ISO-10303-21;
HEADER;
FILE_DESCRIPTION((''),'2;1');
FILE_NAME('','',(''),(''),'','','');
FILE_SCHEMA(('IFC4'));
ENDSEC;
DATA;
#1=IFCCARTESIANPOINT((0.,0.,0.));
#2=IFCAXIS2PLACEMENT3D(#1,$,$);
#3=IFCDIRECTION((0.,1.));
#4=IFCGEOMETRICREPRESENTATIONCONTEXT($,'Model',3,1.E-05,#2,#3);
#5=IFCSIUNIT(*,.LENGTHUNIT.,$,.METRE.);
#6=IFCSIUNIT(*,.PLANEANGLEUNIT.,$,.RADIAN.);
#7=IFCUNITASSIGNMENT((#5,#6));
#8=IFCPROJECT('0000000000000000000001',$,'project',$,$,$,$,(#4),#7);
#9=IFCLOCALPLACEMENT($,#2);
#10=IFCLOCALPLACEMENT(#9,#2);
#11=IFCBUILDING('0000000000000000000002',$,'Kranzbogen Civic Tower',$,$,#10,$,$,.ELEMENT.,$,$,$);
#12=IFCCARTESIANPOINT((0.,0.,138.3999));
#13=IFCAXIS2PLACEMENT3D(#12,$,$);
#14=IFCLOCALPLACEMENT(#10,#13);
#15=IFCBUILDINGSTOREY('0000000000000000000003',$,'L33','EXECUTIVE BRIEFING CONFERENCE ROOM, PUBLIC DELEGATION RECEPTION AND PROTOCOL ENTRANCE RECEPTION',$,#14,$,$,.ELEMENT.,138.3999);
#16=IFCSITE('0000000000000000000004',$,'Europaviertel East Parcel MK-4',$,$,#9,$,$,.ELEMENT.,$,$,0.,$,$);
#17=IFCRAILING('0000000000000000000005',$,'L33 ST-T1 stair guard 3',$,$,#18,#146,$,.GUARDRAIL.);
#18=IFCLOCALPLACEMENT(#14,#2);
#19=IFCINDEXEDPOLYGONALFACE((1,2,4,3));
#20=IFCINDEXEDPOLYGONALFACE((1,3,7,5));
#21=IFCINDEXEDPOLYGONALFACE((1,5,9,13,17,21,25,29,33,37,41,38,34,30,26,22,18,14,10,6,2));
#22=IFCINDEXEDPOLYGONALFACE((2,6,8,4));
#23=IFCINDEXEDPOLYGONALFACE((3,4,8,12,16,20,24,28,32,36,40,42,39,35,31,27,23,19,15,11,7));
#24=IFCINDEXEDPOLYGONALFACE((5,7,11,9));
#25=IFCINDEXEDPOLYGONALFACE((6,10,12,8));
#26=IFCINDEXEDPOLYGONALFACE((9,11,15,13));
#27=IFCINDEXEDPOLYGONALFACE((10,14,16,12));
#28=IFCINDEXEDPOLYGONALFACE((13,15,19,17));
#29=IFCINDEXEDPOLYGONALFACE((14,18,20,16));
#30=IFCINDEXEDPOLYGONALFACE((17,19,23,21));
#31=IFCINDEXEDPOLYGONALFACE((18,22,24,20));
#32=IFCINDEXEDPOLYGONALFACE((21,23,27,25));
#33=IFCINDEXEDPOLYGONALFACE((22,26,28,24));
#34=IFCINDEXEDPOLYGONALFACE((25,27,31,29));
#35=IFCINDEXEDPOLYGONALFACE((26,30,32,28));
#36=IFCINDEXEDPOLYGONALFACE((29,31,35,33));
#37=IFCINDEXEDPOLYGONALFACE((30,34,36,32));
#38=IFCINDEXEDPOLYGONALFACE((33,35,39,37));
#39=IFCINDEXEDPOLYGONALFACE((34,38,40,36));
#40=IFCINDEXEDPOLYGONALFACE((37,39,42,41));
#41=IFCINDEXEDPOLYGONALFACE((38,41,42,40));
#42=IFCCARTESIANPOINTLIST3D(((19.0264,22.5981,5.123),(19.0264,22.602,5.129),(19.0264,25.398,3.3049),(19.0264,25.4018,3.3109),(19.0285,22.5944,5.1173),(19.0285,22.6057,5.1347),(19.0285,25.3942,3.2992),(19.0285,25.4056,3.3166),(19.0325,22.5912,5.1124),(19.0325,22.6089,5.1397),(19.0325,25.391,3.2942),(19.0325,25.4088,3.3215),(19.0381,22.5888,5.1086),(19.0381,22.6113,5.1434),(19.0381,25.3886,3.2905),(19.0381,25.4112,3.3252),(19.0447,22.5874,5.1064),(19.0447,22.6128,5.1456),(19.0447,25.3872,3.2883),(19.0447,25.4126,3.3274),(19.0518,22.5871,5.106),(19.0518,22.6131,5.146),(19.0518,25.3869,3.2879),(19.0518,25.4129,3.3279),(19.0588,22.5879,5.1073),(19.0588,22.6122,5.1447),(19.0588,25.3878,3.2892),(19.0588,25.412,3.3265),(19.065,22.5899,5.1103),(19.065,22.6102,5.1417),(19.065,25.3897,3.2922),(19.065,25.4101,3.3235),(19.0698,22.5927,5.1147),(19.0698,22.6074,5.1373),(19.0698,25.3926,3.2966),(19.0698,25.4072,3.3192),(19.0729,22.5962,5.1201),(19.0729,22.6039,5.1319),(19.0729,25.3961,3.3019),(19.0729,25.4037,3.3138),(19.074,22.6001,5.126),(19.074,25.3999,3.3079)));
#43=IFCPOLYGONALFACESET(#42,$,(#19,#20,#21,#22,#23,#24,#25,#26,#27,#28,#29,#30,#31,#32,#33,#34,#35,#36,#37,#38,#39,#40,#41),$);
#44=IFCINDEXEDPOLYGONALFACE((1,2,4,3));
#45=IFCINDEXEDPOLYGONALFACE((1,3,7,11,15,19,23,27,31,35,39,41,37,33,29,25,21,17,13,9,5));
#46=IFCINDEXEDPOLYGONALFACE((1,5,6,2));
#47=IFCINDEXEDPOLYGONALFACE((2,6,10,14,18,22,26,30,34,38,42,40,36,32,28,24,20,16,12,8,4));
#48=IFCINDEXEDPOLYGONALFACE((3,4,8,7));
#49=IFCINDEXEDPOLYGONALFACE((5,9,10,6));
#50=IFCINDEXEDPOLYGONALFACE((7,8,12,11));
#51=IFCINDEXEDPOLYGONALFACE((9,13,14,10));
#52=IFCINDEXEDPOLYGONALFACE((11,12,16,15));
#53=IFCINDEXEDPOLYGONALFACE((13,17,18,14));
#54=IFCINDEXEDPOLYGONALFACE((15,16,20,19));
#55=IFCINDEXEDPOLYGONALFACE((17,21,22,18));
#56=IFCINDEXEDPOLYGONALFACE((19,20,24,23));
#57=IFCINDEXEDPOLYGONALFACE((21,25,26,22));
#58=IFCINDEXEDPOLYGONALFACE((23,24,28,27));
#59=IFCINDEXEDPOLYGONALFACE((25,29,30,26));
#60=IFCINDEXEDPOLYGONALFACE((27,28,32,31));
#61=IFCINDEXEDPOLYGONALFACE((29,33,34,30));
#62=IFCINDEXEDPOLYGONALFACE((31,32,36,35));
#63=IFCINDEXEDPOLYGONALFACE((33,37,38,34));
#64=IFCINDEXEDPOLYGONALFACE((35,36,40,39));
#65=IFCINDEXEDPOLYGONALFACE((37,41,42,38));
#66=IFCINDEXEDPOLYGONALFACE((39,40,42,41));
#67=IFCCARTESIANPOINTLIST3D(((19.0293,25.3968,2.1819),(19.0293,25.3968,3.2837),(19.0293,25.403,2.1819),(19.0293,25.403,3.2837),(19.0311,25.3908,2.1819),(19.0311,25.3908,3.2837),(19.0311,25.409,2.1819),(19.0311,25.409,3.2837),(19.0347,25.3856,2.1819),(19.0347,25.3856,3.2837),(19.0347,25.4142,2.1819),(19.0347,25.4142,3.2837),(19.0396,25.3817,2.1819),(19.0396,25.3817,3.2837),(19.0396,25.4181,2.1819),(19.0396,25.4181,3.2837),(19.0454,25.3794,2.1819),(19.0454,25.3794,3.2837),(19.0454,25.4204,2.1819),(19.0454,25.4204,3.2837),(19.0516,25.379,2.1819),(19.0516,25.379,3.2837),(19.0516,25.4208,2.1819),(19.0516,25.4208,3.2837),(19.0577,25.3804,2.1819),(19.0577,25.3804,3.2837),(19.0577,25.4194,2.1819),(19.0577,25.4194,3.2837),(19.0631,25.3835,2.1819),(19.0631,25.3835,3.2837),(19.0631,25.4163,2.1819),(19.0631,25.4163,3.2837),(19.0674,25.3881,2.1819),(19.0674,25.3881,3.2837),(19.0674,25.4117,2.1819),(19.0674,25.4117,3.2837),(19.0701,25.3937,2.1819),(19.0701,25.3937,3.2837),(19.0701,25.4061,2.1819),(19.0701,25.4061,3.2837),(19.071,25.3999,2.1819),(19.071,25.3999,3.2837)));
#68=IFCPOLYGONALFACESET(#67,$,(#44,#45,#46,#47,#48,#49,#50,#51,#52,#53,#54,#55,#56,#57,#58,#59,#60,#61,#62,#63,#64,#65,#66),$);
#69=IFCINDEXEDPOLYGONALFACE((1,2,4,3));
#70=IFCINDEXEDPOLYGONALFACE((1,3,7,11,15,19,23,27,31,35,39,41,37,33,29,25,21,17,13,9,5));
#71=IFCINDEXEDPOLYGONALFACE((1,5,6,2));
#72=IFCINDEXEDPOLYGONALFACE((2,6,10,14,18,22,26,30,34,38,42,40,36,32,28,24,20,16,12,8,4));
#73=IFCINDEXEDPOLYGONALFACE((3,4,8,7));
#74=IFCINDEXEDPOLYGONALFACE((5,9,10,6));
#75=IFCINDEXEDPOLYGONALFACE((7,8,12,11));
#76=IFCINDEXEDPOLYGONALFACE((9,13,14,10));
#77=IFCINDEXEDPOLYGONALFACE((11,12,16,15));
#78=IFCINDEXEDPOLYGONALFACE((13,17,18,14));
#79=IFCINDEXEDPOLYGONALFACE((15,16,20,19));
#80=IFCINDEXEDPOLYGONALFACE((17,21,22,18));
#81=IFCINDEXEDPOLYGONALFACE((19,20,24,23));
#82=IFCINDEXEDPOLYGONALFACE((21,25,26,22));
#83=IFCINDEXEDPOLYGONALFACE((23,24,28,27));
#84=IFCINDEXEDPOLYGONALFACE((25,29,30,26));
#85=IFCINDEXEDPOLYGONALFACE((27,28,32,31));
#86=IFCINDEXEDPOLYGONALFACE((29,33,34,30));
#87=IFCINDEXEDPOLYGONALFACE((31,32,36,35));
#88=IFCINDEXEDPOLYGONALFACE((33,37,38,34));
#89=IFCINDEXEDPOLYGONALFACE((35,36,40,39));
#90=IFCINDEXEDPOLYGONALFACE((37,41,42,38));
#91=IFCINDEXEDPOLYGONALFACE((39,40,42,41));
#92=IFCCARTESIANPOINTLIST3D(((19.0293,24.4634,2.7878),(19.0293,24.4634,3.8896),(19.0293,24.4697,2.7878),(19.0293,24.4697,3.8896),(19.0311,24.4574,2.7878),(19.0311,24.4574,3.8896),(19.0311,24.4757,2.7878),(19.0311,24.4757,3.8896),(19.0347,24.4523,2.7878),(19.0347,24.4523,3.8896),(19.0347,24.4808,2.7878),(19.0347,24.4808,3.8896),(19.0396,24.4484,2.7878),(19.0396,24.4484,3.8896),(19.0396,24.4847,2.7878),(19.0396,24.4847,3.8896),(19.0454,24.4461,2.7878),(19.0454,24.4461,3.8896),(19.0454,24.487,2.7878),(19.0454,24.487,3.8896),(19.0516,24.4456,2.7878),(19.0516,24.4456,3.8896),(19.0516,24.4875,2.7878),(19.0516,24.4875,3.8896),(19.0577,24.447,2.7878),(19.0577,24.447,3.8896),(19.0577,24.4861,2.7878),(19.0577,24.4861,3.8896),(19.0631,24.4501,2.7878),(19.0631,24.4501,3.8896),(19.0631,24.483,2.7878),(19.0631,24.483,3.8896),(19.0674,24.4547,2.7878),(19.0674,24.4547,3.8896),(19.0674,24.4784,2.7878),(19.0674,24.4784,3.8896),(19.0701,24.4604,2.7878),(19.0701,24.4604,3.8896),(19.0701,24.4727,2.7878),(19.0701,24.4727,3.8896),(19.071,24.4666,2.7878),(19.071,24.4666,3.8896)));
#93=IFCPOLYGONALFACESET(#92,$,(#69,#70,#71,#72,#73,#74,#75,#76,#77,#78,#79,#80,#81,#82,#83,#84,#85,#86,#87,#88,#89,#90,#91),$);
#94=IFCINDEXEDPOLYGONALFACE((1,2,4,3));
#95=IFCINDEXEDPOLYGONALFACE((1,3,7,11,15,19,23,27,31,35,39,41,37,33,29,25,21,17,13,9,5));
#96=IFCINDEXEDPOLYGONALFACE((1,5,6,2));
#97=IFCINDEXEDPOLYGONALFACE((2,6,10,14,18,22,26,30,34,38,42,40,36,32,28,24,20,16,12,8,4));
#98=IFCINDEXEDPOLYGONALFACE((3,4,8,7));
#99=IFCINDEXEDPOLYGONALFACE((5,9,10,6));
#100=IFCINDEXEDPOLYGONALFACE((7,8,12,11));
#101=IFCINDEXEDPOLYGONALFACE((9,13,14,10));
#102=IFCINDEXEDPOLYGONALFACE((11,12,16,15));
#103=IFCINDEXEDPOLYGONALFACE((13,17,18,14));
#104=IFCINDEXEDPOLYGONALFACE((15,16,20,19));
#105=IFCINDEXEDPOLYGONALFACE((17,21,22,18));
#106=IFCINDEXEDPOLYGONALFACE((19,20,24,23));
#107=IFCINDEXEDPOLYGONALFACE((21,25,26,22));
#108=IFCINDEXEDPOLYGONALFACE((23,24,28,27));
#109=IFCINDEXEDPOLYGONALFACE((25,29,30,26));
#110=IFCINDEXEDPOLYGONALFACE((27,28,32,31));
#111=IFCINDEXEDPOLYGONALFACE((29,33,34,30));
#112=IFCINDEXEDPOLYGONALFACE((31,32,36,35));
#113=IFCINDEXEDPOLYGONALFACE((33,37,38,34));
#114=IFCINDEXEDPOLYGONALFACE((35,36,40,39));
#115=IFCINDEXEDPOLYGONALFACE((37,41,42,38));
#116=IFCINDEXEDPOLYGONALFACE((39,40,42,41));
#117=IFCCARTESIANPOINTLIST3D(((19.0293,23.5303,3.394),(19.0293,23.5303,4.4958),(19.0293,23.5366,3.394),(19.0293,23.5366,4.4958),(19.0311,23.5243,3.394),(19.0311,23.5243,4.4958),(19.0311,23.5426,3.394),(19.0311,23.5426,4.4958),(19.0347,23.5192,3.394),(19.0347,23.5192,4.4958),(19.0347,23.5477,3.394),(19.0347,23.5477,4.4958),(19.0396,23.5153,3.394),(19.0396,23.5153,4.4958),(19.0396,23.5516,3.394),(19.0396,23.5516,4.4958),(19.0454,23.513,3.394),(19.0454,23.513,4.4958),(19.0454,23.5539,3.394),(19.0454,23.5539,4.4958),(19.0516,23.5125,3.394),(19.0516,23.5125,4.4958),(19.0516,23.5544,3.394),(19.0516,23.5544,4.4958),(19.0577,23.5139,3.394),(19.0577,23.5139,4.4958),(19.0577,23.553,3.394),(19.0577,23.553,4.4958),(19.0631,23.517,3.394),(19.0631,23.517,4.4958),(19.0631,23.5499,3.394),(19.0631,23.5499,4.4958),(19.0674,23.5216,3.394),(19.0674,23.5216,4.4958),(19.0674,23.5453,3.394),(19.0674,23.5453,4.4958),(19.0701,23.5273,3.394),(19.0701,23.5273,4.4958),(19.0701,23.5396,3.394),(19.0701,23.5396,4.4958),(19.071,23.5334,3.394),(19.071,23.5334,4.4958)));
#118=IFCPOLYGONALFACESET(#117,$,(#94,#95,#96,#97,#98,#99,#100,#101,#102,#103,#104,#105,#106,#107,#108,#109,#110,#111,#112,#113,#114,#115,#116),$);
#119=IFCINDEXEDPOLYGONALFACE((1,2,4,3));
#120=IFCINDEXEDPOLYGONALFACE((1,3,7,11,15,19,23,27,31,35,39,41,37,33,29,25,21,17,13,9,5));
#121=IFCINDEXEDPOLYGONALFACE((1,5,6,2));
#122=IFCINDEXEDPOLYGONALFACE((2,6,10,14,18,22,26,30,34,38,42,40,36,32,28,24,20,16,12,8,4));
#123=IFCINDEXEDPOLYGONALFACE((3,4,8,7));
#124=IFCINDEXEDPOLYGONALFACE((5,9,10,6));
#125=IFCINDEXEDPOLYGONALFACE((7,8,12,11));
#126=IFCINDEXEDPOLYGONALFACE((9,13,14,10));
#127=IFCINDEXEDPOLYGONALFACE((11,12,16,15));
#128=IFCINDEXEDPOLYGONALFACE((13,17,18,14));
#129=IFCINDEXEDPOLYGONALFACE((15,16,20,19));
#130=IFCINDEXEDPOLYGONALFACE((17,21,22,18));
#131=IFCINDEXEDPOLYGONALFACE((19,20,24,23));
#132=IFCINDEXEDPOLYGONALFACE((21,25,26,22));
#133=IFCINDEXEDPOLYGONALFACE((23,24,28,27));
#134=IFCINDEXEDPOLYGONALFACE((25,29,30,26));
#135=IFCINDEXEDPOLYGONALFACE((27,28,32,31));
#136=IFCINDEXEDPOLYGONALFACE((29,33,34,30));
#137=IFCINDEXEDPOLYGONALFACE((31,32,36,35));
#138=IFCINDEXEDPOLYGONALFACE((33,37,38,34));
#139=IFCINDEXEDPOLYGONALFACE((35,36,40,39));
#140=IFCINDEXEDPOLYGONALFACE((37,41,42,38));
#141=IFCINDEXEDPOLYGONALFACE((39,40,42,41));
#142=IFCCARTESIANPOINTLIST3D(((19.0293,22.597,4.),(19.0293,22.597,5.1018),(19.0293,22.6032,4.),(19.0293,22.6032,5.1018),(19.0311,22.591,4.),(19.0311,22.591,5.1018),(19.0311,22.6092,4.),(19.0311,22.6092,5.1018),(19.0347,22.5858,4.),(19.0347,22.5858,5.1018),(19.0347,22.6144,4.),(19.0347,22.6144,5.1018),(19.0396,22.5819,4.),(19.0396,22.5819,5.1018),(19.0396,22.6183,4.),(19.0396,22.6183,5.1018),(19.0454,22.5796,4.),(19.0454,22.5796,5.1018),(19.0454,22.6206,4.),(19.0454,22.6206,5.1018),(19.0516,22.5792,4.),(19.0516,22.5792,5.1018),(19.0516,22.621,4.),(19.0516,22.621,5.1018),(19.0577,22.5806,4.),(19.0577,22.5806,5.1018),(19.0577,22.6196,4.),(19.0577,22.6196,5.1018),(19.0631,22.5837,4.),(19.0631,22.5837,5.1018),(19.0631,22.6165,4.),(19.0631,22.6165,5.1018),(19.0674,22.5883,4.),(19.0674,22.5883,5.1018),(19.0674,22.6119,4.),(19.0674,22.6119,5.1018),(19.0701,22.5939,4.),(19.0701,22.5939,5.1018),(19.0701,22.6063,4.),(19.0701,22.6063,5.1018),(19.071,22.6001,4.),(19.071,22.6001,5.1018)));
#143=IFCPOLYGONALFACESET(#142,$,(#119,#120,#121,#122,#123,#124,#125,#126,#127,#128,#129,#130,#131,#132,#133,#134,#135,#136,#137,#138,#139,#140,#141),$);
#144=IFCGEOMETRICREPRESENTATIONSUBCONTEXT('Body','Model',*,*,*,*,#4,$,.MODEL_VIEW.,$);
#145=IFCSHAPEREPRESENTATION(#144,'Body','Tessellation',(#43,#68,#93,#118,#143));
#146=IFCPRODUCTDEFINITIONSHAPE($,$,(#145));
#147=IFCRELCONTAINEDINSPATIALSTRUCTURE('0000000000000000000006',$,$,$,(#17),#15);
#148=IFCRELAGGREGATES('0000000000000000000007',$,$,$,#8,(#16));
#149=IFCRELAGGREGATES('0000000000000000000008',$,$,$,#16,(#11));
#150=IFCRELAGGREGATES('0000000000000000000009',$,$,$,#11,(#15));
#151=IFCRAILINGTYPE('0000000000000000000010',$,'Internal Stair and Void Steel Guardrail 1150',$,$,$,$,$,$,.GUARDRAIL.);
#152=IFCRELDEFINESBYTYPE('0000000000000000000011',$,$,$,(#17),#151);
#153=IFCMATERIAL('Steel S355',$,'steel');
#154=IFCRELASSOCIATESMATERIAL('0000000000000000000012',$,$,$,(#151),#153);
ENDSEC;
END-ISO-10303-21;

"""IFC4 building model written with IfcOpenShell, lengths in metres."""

from ifc_helpers import new_model, si_unit, direction, frame, origin, origin_2d, place, context, subcontext, project, spatial, circle, extrude, material, type_object, element, save


model = new_model("IFC4")

# Units and contexts
model_context = context("Model", 3, precision=1e-05, world=origin(), true_north=direction((0.0, 1.0)))
body_context = subcontext(model_context, "Body", "Model", "MODEL_VIEW")
ifc_project = project(units=[si_unit("LENGTHUNIT", "METRE"), si_unit("PLANEANGLEUNIT", "RADIAN")], contexts=[model_context])

# Site, building, storey
site_placement = place(None, origin())
site = spatial("IfcSite", under=ifc_project, at=site_placement, Name="Europaviertel East Parcel MK-4", CompositionType="ELEMENT", RefElevation=0.0)
building_placement = place(site_placement, origin())
building = spatial("IfcBuilding", under=site, at=building_placement, Name="Kranzbogen Civic Tower", CompositionType="ELEMENT")
storey_placement = place(building_placement, frame((0.0, 0.0, 138.3999)))
storey = spatial("IfcBuildingStorey", under=building, at=storey_placement, Name="L33", Description="EXECUTIVE BRIEFING CONFERENCE ROOM, PUBLIC DELEGATION RECEPTION AND PROTOCOL ENTRANCE RECEPTION", CompositionType="ELEMENT", Elevation=138.3999)

# Shared definitions
ifc_material_1 = material(Name="Steel S355", Category="steel")

# Railing
railing_type_1 = type_object("IfcRailingType", Name="Internal Stair and Void Steel Guardrail 1150", PredefinedType="GUARDRAIL", material=ifc_material_1)
railing_1_placement = place(storey_placement, frame((19.05, 25.3999, 2.1819)))
element("IfcRailing", 1, at=railing_1_placement, inside=storey, type_object=railing_type_1, Name="L33 ST-T1 stair guard 3", PredefinedType="GUARDRAIL", context=body_context, shape_type="SweptSolid", body=[
    extrude(circle(Radius=0.0239, at=origin_2d()), frame((0.0, 0.0, 1.126), z_axis=(0.0, -0.838684, 0.544618), x_axis=(1.0, 0.0, 0.0)), (0.0, 0.0, 1.0), 3.3384),
    extrude(circle(Radius=0.021, at=origin_2d()), origin(), (0.0, 0.0, 1.0), 1.1018),
    extrude(circle(Radius=0.021, at=origin_2d()), frame((0.0, -0.9333, 0.606)), (0.0, 0.0, 1.0), 1.1018),
    extrude(circle(Radius=0.021, at=origin_2d()), frame((0.0, -1.8665, 1.2122)), (0.0, 0.0, 1.0), 1.1018),
    extrude(circle(Radius=0.021, at=origin_2d()), frame((0.0, -2.7998, 1.8181)), (0.0, 0.0, 1.0), 1.1018),
])

save(model, "model.ifc")
